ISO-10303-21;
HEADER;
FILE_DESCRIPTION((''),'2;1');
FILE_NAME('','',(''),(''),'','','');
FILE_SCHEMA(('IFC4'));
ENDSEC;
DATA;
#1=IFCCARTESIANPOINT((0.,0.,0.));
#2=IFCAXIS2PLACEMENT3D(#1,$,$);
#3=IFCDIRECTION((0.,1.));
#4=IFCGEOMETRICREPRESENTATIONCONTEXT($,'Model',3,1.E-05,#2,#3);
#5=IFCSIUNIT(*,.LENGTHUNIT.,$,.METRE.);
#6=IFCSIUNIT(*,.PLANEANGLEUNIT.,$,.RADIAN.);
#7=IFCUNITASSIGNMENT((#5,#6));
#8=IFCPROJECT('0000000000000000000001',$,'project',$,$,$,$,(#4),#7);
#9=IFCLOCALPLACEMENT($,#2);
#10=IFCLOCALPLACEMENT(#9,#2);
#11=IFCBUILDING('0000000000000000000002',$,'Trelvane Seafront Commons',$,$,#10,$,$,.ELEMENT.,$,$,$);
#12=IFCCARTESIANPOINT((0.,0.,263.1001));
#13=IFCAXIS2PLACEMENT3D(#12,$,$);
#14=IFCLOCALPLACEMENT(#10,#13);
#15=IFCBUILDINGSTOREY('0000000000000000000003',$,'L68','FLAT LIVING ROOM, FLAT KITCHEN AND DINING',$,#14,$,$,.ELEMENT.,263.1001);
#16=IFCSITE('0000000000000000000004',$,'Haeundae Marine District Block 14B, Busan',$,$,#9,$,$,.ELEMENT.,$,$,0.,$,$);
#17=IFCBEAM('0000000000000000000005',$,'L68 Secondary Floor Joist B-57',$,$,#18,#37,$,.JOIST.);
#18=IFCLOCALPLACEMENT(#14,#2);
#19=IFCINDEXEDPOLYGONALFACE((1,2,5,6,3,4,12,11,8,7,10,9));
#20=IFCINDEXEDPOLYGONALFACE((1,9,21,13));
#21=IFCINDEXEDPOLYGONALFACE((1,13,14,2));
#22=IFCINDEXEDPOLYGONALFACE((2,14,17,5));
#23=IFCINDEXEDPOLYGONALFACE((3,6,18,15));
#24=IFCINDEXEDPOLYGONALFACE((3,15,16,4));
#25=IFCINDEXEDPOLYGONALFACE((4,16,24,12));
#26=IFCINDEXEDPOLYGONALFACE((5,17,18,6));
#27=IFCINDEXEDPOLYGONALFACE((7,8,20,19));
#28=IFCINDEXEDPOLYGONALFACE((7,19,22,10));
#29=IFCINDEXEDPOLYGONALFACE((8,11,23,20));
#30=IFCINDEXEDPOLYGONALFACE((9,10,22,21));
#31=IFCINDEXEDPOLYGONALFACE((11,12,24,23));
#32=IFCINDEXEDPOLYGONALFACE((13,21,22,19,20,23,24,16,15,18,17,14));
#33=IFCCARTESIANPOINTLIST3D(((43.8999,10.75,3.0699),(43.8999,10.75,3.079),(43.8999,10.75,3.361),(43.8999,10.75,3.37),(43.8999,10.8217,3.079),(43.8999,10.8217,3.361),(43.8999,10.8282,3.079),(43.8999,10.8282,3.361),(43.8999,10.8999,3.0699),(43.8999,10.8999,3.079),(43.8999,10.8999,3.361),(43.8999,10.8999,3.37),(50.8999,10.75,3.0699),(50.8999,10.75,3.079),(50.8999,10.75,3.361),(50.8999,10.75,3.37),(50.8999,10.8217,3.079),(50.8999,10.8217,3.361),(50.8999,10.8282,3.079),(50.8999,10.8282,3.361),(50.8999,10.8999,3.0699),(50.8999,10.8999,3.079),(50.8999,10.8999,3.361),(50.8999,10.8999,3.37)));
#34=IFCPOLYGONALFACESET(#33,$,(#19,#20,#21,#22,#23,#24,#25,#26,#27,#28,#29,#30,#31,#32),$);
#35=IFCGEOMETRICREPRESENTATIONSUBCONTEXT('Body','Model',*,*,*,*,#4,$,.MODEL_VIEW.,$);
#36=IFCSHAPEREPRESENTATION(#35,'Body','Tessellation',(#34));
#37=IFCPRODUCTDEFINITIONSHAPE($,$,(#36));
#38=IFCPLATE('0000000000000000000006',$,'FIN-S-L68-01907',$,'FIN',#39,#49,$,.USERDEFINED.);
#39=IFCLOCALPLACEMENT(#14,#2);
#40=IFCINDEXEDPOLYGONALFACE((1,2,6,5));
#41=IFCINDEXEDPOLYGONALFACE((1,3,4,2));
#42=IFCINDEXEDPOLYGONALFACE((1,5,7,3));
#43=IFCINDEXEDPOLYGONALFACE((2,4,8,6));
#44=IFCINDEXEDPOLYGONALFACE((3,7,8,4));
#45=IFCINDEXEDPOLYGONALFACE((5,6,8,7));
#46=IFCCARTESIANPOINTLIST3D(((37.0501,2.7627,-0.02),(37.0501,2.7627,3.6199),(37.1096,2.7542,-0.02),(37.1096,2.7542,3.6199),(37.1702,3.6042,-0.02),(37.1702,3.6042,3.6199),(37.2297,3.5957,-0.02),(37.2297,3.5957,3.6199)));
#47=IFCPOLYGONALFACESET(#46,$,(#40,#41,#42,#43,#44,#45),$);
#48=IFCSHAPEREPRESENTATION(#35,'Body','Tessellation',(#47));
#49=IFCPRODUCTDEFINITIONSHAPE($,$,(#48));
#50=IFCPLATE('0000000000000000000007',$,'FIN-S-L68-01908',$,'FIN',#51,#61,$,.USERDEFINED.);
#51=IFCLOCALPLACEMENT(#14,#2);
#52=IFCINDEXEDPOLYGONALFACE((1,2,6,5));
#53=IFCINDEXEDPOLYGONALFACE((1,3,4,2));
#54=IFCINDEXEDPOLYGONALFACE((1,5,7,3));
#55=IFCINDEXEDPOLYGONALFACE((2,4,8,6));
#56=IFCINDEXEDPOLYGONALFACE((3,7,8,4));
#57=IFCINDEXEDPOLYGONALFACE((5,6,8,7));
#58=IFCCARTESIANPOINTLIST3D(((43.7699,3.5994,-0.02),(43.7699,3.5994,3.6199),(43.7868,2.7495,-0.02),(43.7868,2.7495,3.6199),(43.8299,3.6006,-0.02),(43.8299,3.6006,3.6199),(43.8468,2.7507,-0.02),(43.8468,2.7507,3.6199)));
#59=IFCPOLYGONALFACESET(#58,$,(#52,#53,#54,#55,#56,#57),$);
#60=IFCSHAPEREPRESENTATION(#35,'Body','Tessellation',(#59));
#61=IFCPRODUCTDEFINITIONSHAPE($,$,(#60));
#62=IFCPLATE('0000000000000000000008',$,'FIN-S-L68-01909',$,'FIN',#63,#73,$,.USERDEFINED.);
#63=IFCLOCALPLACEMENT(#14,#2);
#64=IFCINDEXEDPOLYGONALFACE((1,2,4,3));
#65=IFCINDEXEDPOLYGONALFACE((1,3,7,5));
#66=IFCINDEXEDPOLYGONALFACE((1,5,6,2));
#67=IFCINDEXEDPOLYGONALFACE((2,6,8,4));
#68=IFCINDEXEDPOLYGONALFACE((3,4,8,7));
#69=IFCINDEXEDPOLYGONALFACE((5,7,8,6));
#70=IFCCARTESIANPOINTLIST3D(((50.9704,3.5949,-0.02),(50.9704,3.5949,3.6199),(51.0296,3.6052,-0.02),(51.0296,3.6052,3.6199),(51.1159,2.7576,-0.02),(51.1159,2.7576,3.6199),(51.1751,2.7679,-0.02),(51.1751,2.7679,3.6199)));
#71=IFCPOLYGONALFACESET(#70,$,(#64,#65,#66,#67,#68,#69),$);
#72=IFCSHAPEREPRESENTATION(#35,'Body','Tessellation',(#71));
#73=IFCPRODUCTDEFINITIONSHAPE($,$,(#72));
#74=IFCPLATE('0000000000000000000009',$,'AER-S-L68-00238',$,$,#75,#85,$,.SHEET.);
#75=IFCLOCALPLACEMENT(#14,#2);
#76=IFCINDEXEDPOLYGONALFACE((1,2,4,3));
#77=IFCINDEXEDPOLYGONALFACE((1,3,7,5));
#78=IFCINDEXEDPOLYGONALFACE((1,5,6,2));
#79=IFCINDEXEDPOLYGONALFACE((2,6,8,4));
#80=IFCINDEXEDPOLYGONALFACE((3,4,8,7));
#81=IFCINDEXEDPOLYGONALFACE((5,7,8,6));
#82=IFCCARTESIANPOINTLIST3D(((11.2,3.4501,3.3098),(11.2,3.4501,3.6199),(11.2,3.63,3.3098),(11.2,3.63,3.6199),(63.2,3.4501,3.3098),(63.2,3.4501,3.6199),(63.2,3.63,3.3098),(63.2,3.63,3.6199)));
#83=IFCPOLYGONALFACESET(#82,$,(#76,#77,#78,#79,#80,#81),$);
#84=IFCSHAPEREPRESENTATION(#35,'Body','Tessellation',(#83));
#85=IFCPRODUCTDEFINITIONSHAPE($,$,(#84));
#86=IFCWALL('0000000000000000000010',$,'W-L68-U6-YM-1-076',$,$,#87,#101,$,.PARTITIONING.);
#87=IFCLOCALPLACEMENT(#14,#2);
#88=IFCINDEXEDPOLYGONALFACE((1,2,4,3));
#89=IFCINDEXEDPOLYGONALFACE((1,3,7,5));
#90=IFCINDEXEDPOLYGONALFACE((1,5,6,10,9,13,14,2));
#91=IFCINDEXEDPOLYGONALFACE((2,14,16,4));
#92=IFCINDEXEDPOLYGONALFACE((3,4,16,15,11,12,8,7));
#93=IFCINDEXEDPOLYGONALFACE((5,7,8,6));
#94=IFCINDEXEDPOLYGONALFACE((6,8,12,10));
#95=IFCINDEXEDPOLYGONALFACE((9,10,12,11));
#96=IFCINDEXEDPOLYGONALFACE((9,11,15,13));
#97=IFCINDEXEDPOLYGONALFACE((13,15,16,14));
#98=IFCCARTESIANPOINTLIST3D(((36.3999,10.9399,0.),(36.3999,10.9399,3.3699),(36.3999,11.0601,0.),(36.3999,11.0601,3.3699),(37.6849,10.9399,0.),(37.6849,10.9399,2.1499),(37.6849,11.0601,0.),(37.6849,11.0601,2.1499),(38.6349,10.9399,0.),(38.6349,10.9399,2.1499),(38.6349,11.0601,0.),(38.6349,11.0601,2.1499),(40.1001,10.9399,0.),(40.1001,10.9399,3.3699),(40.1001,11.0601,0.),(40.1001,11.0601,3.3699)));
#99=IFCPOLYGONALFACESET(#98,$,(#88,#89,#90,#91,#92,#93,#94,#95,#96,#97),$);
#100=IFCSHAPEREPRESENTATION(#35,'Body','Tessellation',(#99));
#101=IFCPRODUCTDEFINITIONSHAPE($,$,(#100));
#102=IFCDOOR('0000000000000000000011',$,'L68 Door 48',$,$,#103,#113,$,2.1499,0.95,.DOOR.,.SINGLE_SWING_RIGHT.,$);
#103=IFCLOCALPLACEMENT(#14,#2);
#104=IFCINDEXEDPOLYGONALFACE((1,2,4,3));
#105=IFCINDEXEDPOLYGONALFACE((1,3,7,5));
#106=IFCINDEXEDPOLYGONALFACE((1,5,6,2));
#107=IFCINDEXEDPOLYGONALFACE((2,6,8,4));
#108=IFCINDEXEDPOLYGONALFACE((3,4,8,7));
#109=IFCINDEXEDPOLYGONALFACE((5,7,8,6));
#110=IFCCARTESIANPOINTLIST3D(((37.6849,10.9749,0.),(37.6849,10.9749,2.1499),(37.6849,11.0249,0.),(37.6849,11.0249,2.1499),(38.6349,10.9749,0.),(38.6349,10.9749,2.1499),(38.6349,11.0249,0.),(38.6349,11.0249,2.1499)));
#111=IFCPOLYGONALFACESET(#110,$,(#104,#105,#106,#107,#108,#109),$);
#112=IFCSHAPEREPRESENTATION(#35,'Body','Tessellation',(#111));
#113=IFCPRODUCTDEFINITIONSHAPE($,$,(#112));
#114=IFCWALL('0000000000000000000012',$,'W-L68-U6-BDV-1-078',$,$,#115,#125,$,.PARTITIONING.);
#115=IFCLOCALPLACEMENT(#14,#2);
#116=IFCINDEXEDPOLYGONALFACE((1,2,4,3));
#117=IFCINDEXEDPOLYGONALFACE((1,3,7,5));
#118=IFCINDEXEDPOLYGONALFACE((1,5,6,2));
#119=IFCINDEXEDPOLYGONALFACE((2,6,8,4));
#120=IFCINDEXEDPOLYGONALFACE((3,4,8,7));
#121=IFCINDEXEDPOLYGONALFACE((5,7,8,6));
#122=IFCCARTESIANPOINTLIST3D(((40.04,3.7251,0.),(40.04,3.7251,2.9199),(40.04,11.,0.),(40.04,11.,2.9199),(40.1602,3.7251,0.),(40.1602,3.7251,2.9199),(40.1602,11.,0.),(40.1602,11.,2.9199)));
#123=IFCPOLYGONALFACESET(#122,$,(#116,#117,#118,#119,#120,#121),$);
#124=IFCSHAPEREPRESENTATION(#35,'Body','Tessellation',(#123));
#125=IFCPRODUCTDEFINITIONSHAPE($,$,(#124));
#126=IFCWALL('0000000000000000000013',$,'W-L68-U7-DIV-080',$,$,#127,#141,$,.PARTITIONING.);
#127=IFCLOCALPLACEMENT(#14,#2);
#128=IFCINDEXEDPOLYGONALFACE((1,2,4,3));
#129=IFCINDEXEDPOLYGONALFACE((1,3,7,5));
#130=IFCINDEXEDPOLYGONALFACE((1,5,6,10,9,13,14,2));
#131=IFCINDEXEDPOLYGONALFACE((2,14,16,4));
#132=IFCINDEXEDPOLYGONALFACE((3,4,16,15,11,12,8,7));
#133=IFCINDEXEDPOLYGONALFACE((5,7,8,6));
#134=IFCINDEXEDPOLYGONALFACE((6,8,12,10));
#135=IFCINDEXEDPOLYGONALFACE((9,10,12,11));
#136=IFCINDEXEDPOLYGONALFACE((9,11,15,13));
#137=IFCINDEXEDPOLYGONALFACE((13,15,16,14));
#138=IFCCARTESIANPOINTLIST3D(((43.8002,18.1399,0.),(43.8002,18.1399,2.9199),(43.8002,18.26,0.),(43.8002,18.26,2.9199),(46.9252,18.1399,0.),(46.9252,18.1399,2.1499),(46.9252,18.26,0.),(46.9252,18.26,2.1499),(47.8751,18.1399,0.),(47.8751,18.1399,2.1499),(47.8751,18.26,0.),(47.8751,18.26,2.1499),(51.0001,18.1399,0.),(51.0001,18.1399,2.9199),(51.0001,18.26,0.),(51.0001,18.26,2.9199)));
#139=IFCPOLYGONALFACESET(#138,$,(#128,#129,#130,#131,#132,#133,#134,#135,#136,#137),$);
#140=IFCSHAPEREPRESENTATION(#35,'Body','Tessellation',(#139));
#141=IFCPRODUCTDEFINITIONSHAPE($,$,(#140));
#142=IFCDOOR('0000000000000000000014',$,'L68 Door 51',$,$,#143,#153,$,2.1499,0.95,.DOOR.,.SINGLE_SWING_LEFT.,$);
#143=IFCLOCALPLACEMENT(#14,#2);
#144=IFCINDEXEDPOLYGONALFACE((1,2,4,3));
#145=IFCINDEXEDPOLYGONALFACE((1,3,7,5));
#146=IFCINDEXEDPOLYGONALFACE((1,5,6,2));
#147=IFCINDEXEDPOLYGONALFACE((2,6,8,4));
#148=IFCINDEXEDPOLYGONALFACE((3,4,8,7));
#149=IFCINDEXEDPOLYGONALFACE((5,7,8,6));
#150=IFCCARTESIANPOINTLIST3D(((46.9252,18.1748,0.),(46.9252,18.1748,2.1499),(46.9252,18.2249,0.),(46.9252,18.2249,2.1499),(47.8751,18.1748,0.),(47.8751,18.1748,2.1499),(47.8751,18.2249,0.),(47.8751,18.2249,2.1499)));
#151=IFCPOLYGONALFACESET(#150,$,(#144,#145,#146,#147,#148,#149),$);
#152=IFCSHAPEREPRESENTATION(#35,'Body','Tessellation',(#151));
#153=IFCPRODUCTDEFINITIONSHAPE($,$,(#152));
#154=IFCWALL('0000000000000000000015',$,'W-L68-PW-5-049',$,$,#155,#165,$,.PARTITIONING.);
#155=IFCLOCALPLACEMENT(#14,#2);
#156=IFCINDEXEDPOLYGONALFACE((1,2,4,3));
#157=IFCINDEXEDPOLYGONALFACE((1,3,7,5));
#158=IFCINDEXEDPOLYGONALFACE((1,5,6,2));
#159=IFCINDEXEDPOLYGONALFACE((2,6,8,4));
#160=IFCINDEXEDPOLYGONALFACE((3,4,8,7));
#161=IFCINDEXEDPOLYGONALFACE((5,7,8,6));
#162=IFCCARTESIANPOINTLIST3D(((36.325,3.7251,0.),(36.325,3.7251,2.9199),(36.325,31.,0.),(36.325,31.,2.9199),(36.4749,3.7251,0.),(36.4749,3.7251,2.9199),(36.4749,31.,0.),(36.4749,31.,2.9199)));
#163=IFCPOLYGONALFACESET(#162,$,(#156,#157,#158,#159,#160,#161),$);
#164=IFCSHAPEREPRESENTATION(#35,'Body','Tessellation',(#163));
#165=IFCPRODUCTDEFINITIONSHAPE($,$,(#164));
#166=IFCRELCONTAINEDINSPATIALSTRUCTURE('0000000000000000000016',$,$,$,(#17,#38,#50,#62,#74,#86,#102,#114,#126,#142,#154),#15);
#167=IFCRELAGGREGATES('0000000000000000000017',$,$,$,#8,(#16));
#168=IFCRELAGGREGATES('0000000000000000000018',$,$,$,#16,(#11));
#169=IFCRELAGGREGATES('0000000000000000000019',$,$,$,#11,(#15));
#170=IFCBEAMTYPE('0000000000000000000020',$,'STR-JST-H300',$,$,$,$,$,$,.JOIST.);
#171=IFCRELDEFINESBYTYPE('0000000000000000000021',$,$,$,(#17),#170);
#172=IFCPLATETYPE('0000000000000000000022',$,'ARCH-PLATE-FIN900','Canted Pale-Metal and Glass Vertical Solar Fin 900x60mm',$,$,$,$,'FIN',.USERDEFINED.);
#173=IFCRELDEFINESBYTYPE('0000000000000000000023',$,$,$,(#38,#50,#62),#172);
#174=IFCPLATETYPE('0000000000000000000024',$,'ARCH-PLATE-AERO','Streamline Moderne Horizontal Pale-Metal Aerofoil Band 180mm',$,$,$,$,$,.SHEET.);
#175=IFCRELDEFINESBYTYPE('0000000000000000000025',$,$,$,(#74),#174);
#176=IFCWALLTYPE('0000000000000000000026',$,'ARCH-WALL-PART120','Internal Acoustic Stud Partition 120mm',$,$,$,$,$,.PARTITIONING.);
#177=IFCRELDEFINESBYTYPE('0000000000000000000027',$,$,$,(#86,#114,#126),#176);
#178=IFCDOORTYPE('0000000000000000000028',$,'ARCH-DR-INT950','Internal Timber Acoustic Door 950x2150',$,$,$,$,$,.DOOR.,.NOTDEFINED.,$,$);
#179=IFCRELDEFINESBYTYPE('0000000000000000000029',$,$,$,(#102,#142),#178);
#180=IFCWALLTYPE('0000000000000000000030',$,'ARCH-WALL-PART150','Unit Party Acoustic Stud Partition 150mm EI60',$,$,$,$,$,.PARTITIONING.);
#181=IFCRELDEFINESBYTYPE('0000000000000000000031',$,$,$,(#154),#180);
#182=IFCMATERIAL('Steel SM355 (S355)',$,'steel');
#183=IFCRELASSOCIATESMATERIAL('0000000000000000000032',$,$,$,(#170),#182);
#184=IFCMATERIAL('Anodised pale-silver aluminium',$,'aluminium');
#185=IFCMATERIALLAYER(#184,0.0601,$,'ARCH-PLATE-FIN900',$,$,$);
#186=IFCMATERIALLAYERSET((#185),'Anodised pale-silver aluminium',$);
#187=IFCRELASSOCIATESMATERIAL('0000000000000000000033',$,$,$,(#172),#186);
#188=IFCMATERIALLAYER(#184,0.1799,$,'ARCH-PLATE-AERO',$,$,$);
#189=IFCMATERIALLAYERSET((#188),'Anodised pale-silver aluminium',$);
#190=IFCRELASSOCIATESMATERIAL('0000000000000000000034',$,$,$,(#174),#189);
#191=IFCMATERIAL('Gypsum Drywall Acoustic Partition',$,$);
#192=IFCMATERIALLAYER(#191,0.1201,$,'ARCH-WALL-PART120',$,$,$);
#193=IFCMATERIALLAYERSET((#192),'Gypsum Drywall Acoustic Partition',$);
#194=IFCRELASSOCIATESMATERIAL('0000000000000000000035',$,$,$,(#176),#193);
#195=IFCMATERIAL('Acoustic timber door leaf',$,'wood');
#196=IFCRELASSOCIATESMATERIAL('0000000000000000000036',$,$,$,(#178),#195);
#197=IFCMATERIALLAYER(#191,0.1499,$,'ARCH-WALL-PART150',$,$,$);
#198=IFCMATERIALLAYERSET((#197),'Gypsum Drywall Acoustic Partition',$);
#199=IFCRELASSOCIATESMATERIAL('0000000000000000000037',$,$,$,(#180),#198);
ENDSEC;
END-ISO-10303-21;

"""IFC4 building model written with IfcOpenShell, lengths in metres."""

from ifc_helpers import new_model, si_unit, direction, frame, frame_2d, origin, origin_2d, place, context, subcontext, project, spatial, rectangle, i_section, extrude, source, transform, mapped, material, layer, layer_set, material_profile, profile_set, type_object, element, fill, save


model = new_model("IFC4")

# Units and contexts
model_context = context("Model", 3, precision=1e-05, world=origin(), true_north=direction((0.0, 1.0)))
body_context = subcontext(model_context, "Body", "Model", "MODEL_VIEW")
ifc_project = project(units=[si_unit("LENGTHUNIT", "METRE"), si_unit("PLANEANGLEUNIT", "RADIAN")], contexts=[model_context])

# Site, building, storey
site_placement = place(None, origin())
site = spatial("IfcSite", under=ifc_project, at=site_placement, Name="Haeundae Marine District Block 14B, Busan", CompositionType="ELEMENT", RefElevation=0.0)
building_placement = place(site_placement, origin())
building = spatial("IfcBuilding", under=site, at=building_placement, Name="Trelvane Seafront Commons", CompositionType="ELEMENT")
storey_placement = place(building_placement, frame((0.0, 0.0, 263.1001)))
storey = spatial("IfcBuildingStorey", under=building, at=storey_placement, Name="L68", Description="FLAT LIVING ROOM, FLAT KITCHEN AND DINING", CompositionType="ELEMENT", Elevation=263.1001)

# Shared definitions
ifc_material_1 = material(Name="Steel SM355 (S355)", Category="steel")

# Beam
ifc_material_profile_1 = material_profile(ifc_material_1, i_section(OverallWidth=0.1499, OverallDepth=0.3, WebThickness=0.0066, FlangeThickness=0.009, at=origin_2d()), Name="H-300x150x6.5x9")
ifc_profile_set_1 = profile_set([ifc_material_profile_1], Name="Steel SM355 (S355)")
beam_type_1 = type_object("IfcBeamType", Name="STR-JST-H300", PredefinedType="JOIST", material=ifc_profile_set_1)
shared_shape_1 = source(origin(), body_context, "Body", "SweptSolid", [
    extrude(i_section(OverallWidth=0.1499, OverallDepth=0.3, WebThickness=0.0066, FlangeThickness=0.009, at=origin_2d()), origin(), (0.0, 0.0, 1.0), 7.0),
])
beam_1_placement = place(storey_placement, frame((43.8999, 10.825, 3.22), z_axis=(1.0, 0.0, 0.0), x_axis=(0.0, 1.0, 0.0)))
element("IfcBeam", 1, at=beam_1_placement, inside=storey, type_object=beam_type_1, Name="L68 Secondary Floor Joist B-57", PredefinedType="JOIST", context=body_context, shape_type="MappedRepresentation", body=[
    mapped(shared_shape_1, transform((0.0, 0.0, 0.0), x_axis=(1.0, 0.0, 0.0), y_axis=(0.0, 1.0, 0.0), z_axis=(0.0, 0.0, 1.0), scale=1.0)),
])

# Plates
ifc_material_2 = material(Name="Anodised pale-silver aluminium", Category="aluminium")
ifc_layer_1 = layer(ifc_material_2, 0.0601, Name="ARCH-PLATE-FIN900")
ifc_layer_set_1 = layer_set([ifc_layer_1], Name="Anodised pale-silver aluminium")
plate_type_1 = type_object("IfcPlateType", Name="ARCH-PLATE-FIN900", Description="Canted Pale-Metal and Glass Vertical Solar Fin 900x60mm", ElementType="FIN", PredefinedType="USERDEFINED", material=ifc_layer_set_1)
shared_shape_2 = source(origin(), body_context, "Body", "SweptSolid", [
    extrude(rectangle(XDim=0.8501, YDim=0.0601, at=origin_2d()), origin(), (0.0, 0.0, 1.0), 3.6399),
])
for number, where, z_axis, x_axis, name in (
    (2, (37.1399, 3.1792, -0.02), (0.0, 0.0, 1.0), (-0.14129, -0.989968, 0.0), "FIN-S-L68-01907"),
    (3, (43.8083, 3.175, -0.02), (0.0, 0.0, 1.0), (0.019883, -0.999802, 0.0), "FIN-S-L68-01908"),
):
    element("IfcPlate", number, at=place(storey_placement, frame(where, z_axis=z_axis, x_axis=x_axis)), inside=storey, type_object=plate_type_1, Name=name, ObjectType="FIN", PredefinedType="USERDEFINED", context=body_context, shape_type="MappedRepresentation", body=[
        mapped(shared_shape_2, transform((0.0, 0.0, 0.0), x_axis=(1.0, 0.0, 0.0), y_axis=(0.0, 1.0, 0.0), z_axis=(0.0, 0.0, 1.0), scale=1.0)),
    ])
shared_shape_3 = source(origin(), body_context, "Body", "SweptSolid", [
    extrude(rectangle(XDim=0.8499, YDim=0.0601, at=origin_2d()), origin(), (0.0, 0.0, 1.0), 3.6399),
])
plate_1_placement = place(storey_placement, frame((51.0728, 3.1814, -0.02), z_axis=(0.0, 0.0, 1.0), x_axis=(0.171188, -0.985238, 0.0)))
element("IfcPlate", 4, at=plate_1_placement, inside=storey, type_object=plate_type_1, Name="FIN-S-L68-01909", ObjectType="FIN", PredefinedType="USERDEFINED", context=body_context, shape_type="MappedRepresentation", body=[
    mapped(shared_shape_3, transform((0.0, 0.0, 0.0), x_axis=(1.0, 0.0, 0.0), y_axis=(0.0, 1.0, 0.0), z_axis=(0.0, 0.0, 1.0), scale=1.0)),
])
ifc_layer_2 = layer(ifc_material_2, 0.1799, Name="ARCH-PLATE-AERO")
ifc_layer_set_2 = layer_set([ifc_layer_2], Name="Anodised pale-silver aluminium")
plate_type_2 = type_object("IfcPlateType", Name="ARCH-PLATE-AERO", Description="Streamline Moderne Horizontal Pale-Metal Aerofoil Band 180mm", PredefinedType="SHEET", material=ifc_layer_set_2)
shared_shape_4 = source(origin(), body_context, "Body", "SweptSolid", [
    extrude(rectangle(XDim=52.0, YDim=0.1799, at=origin_2d()), origin(), (0.0, 0.0, 1.0), 0.3101),
])
plate_2_placement = place(storey_placement, frame((37.2, 3.54, 3.3098), z_axis=(0.0, 0.0, 1.0), x_axis=(-1.0, 0.0, 0.0)))
element("IfcPlate", 5, at=plate_2_placement, inside=storey, type_object=plate_type_2, Name="AER-S-L68-00238", PredefinedType="SHEET", context=body_context, shape_type="MappedRepresentation", body=[
    mapped(shared_shape_4, transform((0.0, 0.0, 0.0), x_axis=(1.0, 0.0, 0.0), y_axis=(0.0, 1.0, 0.0), z_axis=(0.0, 0.0, 1.0), scale=1.0)),
])

# Wall, opening, door
ifc_material_3 = material(Name="Gypsum Drywall Acoustic Partition")
ifc_layer_3 = layer(ifc_material_3, 0.1201, Name="ARCH-WALL-PART120")
ifc_layer_set_3 = layer_set([ifc_layer_3], Name="Gypsum Drywall Acoustic Partition")
wall_type_1 = type_object("IfcWallType", Name="ARCH-WALL-PART120", Description="Internal Acoustic Stud Partition 120mm", PredefinedType="PARTITIONING", material=ifc_layer_set_3)
wall_1_placement = place(storey_placement, frame((36.3999, 11.0, 0.0), z_axis=(0.0, 0.0, 1.0), x_axis=(1.0, 0.0, 0.0)))
wall_1 = element("IfcWall", 6, at=wall_1_placement, inside=storey, type_object=wall_type_1, Name="W-L68-U6-YM-1-076", PredefinedType="PARTITIONING", context=body_context, shape_type="SweptSolid", body=[
    extrude(rectangle(XDim=3.7002, YDim=0.1201, at=frame_2d((1.8501, 0.0))), origin(), (0.0, 0.0, 1.0), 3.3699),
])
opening_1_placement = place(wall_1_placement, frame((1.2849, 0.0, 0.0)))
opening_1 = element("IfcOpeningElement", 7, at=opening_1_placement, cuts=wall_1, PredefinedType="OPENING", context=body_context, shape_type="SweptSolid", body=[
    extrude(rectangle(XDim=0.95, YDim=2.1499, at=frame_2d((0.4751, 1.075))), frame((0.0, 0.0701, 0.0), z_axis=(0.0, -1.0, 0.0), x_axis=(1.0, 0.0, 0.0)), (0.0, 0.0, 1.0), 0.1401),
])
ifc_material_4 = material(Name="Acoustic timber door leaf", Category="wood")
door_type = type_object("IfcDoorType", Name="ARCH-DR-INT950", Description="Internal Timber Acoustic Door 950x2150", OperationType="NOTDEFINED", PredefinedType="DOOR", material=ifc_material_4)
shared_shape_5 = source(origin(), body_context, "Body", "SweptSolid", [
    extrude(rectangle(XDim=0.95, YDim=2.1499, at=frame_2d((0.4751, 1.075))), frame((0.0, 0.0249, 0.0), z_axis=(0.0, -1.0, 0.0), x_axis=(1.0, 0.0, 0.0)), (0.0, 0.0, 1.0), 0.05),
])
door_1_placement = place(opening_1_placement, origin())
door_1 = element("IfcDoor", 8, at=door_1_placement, inside=storey, type_object=door_type, Name="L68 Door 48", OperationType="SINGLE_SWING_RIGHT", OverallHeight=2.1499, OverallWidth=0.95, PredefinedType="DOOR", context=body_context, shape_type="MappedRepresentation", body=[
    mapped(shared_shape_5, transform((0.0, 0.0, 0.0), x_axis=(1.0, 0.0, 0.0), y_axis=(0.0, 1.0, 0.0), z_axis=(0.0, 0.0, 1.0), scale=1.0)),
])
fill(opening_1, door_1)

# Wall
wall_2_placement = place(storey_placement, frame((40.1001, 3.7251, 0.0), z_axis=(0.0, 0.0, 1.0), x_axis=(0.0, 1.0, 0.0)))
element("IfcWall", 9, at=wall_2_placement, inside=storey, type_object=wall_type_1, Name="W-L68-U6-BDV-1-078", PredefinedType="PARTITIONING", context=body_context, shape_type="SweptSolid", body=[
    extrude(rectangle(XDim=7.2749, YDim=0.1201, at=frame_2d((3.6375, 0.0))), origin(), (0.0, 0.0, 1.0), 2.9199),
])

# Wall, opening, door
wall_3_placement = place(storey_placement, frame((43.8, 18.2, 0.0), z_axis=(0.0, 0.0, 1.0), x_axis=(1.0, 0.0, 0.0)))
wall_3 = element("IfcWall", 10, at=wall_3_placement, inside=storey, type_object=wall_type_1, Name="W-L68-U7-DIV-080", PredefinedType="PARTITIONING", context=body_context, shape_type="SweptSolid", body=[
    extrude(rectangle(XDim=7.2, YDim=0.1201, at=frame_2d((3.6001, 0.0))), origin(), (0.0, 0.0, 1.0), 2.9199),
])
opening_2_placement = place(wall_3_placement, frame((3.125, 0.0, 0.0)))
opening_2 = element("IfcOpeningElement", 11, at=opening_2_placement, cuts=wall_3, PredefinedType="OPENING", context=body_context, shape_type="SweptSolid", body=[
    extrude(rectangle(XDim=0.95, YDim=2.1499, at=frame_2d((0.4751, 1.075))), frame((0.0, 0.0701, 0.0), z_axis=(0.0, -1.0, 0.0), x_axis=(1.0, 0.0, 0.0)), (0.0, 0.0, 1.0), 0.1401),
])
door_2_placement = place(opening_2_placement, origin())
door_2 = element("IfcDoor", 12, at=door_2_placement, inside=storey, type_object=door_type, Name="L68 Door 51", OperationType="SINGLE_SWING_LEFT", OverallHeight=2.1499, OverallWidth=0.95, PredefinedType="DOOR", context=body_context, shape_type="MappedRepresentation", body=[
    mapped(shared_shape_5, transform((0.0, 0.0, 0.0), x_axis=(1.0, 0.0, 0.0), y_axis=(0.0, 1.0, 0.0), z_axis=(0.0, 0.0, 1.0), scale=1.0)),
])
fill(opening_2, door_2)

# Wall
ifc_layer_4 = layer(ifc_material_3, 0.1499, Name="ARCH-WALL-PART150")
ifc_layer_set_4 = layer_set([ifc_layer_4], Name="Gypsum Drywall Acoustic Partition")
wall_type_2 = type_object("IfcWallType", Name="ARCH-WALL-PART150", Description="Unit Party Acoustic Stud Partition 150mm EI60", PredefinedType="PARTITIONING", material=ifc_layer_set_4)
wall_4_placement = place(storey_placement, frame((36.3999, 3.7251, 0.0), z_axis=(0.0, 0.0, 1.0), x_axis=(0.0, 1.0, 0.0)))
element("IfcWall", 13, at=wall_4_placement, inside=storey, type_object=wall_type_2, Name="W-L68-PW-5-049", PredefinedType="PARTITIONING", context=body_context, shape_type="SweptSolid", body=[
    extrude(rectangle(XDim=27.2749, YDim=0.1499, at=frame_2d((13.6375, 0.0))), origin(), (0.0, 0.0, 1.0), 2.9199),
])

save(model, "model.ifc")
